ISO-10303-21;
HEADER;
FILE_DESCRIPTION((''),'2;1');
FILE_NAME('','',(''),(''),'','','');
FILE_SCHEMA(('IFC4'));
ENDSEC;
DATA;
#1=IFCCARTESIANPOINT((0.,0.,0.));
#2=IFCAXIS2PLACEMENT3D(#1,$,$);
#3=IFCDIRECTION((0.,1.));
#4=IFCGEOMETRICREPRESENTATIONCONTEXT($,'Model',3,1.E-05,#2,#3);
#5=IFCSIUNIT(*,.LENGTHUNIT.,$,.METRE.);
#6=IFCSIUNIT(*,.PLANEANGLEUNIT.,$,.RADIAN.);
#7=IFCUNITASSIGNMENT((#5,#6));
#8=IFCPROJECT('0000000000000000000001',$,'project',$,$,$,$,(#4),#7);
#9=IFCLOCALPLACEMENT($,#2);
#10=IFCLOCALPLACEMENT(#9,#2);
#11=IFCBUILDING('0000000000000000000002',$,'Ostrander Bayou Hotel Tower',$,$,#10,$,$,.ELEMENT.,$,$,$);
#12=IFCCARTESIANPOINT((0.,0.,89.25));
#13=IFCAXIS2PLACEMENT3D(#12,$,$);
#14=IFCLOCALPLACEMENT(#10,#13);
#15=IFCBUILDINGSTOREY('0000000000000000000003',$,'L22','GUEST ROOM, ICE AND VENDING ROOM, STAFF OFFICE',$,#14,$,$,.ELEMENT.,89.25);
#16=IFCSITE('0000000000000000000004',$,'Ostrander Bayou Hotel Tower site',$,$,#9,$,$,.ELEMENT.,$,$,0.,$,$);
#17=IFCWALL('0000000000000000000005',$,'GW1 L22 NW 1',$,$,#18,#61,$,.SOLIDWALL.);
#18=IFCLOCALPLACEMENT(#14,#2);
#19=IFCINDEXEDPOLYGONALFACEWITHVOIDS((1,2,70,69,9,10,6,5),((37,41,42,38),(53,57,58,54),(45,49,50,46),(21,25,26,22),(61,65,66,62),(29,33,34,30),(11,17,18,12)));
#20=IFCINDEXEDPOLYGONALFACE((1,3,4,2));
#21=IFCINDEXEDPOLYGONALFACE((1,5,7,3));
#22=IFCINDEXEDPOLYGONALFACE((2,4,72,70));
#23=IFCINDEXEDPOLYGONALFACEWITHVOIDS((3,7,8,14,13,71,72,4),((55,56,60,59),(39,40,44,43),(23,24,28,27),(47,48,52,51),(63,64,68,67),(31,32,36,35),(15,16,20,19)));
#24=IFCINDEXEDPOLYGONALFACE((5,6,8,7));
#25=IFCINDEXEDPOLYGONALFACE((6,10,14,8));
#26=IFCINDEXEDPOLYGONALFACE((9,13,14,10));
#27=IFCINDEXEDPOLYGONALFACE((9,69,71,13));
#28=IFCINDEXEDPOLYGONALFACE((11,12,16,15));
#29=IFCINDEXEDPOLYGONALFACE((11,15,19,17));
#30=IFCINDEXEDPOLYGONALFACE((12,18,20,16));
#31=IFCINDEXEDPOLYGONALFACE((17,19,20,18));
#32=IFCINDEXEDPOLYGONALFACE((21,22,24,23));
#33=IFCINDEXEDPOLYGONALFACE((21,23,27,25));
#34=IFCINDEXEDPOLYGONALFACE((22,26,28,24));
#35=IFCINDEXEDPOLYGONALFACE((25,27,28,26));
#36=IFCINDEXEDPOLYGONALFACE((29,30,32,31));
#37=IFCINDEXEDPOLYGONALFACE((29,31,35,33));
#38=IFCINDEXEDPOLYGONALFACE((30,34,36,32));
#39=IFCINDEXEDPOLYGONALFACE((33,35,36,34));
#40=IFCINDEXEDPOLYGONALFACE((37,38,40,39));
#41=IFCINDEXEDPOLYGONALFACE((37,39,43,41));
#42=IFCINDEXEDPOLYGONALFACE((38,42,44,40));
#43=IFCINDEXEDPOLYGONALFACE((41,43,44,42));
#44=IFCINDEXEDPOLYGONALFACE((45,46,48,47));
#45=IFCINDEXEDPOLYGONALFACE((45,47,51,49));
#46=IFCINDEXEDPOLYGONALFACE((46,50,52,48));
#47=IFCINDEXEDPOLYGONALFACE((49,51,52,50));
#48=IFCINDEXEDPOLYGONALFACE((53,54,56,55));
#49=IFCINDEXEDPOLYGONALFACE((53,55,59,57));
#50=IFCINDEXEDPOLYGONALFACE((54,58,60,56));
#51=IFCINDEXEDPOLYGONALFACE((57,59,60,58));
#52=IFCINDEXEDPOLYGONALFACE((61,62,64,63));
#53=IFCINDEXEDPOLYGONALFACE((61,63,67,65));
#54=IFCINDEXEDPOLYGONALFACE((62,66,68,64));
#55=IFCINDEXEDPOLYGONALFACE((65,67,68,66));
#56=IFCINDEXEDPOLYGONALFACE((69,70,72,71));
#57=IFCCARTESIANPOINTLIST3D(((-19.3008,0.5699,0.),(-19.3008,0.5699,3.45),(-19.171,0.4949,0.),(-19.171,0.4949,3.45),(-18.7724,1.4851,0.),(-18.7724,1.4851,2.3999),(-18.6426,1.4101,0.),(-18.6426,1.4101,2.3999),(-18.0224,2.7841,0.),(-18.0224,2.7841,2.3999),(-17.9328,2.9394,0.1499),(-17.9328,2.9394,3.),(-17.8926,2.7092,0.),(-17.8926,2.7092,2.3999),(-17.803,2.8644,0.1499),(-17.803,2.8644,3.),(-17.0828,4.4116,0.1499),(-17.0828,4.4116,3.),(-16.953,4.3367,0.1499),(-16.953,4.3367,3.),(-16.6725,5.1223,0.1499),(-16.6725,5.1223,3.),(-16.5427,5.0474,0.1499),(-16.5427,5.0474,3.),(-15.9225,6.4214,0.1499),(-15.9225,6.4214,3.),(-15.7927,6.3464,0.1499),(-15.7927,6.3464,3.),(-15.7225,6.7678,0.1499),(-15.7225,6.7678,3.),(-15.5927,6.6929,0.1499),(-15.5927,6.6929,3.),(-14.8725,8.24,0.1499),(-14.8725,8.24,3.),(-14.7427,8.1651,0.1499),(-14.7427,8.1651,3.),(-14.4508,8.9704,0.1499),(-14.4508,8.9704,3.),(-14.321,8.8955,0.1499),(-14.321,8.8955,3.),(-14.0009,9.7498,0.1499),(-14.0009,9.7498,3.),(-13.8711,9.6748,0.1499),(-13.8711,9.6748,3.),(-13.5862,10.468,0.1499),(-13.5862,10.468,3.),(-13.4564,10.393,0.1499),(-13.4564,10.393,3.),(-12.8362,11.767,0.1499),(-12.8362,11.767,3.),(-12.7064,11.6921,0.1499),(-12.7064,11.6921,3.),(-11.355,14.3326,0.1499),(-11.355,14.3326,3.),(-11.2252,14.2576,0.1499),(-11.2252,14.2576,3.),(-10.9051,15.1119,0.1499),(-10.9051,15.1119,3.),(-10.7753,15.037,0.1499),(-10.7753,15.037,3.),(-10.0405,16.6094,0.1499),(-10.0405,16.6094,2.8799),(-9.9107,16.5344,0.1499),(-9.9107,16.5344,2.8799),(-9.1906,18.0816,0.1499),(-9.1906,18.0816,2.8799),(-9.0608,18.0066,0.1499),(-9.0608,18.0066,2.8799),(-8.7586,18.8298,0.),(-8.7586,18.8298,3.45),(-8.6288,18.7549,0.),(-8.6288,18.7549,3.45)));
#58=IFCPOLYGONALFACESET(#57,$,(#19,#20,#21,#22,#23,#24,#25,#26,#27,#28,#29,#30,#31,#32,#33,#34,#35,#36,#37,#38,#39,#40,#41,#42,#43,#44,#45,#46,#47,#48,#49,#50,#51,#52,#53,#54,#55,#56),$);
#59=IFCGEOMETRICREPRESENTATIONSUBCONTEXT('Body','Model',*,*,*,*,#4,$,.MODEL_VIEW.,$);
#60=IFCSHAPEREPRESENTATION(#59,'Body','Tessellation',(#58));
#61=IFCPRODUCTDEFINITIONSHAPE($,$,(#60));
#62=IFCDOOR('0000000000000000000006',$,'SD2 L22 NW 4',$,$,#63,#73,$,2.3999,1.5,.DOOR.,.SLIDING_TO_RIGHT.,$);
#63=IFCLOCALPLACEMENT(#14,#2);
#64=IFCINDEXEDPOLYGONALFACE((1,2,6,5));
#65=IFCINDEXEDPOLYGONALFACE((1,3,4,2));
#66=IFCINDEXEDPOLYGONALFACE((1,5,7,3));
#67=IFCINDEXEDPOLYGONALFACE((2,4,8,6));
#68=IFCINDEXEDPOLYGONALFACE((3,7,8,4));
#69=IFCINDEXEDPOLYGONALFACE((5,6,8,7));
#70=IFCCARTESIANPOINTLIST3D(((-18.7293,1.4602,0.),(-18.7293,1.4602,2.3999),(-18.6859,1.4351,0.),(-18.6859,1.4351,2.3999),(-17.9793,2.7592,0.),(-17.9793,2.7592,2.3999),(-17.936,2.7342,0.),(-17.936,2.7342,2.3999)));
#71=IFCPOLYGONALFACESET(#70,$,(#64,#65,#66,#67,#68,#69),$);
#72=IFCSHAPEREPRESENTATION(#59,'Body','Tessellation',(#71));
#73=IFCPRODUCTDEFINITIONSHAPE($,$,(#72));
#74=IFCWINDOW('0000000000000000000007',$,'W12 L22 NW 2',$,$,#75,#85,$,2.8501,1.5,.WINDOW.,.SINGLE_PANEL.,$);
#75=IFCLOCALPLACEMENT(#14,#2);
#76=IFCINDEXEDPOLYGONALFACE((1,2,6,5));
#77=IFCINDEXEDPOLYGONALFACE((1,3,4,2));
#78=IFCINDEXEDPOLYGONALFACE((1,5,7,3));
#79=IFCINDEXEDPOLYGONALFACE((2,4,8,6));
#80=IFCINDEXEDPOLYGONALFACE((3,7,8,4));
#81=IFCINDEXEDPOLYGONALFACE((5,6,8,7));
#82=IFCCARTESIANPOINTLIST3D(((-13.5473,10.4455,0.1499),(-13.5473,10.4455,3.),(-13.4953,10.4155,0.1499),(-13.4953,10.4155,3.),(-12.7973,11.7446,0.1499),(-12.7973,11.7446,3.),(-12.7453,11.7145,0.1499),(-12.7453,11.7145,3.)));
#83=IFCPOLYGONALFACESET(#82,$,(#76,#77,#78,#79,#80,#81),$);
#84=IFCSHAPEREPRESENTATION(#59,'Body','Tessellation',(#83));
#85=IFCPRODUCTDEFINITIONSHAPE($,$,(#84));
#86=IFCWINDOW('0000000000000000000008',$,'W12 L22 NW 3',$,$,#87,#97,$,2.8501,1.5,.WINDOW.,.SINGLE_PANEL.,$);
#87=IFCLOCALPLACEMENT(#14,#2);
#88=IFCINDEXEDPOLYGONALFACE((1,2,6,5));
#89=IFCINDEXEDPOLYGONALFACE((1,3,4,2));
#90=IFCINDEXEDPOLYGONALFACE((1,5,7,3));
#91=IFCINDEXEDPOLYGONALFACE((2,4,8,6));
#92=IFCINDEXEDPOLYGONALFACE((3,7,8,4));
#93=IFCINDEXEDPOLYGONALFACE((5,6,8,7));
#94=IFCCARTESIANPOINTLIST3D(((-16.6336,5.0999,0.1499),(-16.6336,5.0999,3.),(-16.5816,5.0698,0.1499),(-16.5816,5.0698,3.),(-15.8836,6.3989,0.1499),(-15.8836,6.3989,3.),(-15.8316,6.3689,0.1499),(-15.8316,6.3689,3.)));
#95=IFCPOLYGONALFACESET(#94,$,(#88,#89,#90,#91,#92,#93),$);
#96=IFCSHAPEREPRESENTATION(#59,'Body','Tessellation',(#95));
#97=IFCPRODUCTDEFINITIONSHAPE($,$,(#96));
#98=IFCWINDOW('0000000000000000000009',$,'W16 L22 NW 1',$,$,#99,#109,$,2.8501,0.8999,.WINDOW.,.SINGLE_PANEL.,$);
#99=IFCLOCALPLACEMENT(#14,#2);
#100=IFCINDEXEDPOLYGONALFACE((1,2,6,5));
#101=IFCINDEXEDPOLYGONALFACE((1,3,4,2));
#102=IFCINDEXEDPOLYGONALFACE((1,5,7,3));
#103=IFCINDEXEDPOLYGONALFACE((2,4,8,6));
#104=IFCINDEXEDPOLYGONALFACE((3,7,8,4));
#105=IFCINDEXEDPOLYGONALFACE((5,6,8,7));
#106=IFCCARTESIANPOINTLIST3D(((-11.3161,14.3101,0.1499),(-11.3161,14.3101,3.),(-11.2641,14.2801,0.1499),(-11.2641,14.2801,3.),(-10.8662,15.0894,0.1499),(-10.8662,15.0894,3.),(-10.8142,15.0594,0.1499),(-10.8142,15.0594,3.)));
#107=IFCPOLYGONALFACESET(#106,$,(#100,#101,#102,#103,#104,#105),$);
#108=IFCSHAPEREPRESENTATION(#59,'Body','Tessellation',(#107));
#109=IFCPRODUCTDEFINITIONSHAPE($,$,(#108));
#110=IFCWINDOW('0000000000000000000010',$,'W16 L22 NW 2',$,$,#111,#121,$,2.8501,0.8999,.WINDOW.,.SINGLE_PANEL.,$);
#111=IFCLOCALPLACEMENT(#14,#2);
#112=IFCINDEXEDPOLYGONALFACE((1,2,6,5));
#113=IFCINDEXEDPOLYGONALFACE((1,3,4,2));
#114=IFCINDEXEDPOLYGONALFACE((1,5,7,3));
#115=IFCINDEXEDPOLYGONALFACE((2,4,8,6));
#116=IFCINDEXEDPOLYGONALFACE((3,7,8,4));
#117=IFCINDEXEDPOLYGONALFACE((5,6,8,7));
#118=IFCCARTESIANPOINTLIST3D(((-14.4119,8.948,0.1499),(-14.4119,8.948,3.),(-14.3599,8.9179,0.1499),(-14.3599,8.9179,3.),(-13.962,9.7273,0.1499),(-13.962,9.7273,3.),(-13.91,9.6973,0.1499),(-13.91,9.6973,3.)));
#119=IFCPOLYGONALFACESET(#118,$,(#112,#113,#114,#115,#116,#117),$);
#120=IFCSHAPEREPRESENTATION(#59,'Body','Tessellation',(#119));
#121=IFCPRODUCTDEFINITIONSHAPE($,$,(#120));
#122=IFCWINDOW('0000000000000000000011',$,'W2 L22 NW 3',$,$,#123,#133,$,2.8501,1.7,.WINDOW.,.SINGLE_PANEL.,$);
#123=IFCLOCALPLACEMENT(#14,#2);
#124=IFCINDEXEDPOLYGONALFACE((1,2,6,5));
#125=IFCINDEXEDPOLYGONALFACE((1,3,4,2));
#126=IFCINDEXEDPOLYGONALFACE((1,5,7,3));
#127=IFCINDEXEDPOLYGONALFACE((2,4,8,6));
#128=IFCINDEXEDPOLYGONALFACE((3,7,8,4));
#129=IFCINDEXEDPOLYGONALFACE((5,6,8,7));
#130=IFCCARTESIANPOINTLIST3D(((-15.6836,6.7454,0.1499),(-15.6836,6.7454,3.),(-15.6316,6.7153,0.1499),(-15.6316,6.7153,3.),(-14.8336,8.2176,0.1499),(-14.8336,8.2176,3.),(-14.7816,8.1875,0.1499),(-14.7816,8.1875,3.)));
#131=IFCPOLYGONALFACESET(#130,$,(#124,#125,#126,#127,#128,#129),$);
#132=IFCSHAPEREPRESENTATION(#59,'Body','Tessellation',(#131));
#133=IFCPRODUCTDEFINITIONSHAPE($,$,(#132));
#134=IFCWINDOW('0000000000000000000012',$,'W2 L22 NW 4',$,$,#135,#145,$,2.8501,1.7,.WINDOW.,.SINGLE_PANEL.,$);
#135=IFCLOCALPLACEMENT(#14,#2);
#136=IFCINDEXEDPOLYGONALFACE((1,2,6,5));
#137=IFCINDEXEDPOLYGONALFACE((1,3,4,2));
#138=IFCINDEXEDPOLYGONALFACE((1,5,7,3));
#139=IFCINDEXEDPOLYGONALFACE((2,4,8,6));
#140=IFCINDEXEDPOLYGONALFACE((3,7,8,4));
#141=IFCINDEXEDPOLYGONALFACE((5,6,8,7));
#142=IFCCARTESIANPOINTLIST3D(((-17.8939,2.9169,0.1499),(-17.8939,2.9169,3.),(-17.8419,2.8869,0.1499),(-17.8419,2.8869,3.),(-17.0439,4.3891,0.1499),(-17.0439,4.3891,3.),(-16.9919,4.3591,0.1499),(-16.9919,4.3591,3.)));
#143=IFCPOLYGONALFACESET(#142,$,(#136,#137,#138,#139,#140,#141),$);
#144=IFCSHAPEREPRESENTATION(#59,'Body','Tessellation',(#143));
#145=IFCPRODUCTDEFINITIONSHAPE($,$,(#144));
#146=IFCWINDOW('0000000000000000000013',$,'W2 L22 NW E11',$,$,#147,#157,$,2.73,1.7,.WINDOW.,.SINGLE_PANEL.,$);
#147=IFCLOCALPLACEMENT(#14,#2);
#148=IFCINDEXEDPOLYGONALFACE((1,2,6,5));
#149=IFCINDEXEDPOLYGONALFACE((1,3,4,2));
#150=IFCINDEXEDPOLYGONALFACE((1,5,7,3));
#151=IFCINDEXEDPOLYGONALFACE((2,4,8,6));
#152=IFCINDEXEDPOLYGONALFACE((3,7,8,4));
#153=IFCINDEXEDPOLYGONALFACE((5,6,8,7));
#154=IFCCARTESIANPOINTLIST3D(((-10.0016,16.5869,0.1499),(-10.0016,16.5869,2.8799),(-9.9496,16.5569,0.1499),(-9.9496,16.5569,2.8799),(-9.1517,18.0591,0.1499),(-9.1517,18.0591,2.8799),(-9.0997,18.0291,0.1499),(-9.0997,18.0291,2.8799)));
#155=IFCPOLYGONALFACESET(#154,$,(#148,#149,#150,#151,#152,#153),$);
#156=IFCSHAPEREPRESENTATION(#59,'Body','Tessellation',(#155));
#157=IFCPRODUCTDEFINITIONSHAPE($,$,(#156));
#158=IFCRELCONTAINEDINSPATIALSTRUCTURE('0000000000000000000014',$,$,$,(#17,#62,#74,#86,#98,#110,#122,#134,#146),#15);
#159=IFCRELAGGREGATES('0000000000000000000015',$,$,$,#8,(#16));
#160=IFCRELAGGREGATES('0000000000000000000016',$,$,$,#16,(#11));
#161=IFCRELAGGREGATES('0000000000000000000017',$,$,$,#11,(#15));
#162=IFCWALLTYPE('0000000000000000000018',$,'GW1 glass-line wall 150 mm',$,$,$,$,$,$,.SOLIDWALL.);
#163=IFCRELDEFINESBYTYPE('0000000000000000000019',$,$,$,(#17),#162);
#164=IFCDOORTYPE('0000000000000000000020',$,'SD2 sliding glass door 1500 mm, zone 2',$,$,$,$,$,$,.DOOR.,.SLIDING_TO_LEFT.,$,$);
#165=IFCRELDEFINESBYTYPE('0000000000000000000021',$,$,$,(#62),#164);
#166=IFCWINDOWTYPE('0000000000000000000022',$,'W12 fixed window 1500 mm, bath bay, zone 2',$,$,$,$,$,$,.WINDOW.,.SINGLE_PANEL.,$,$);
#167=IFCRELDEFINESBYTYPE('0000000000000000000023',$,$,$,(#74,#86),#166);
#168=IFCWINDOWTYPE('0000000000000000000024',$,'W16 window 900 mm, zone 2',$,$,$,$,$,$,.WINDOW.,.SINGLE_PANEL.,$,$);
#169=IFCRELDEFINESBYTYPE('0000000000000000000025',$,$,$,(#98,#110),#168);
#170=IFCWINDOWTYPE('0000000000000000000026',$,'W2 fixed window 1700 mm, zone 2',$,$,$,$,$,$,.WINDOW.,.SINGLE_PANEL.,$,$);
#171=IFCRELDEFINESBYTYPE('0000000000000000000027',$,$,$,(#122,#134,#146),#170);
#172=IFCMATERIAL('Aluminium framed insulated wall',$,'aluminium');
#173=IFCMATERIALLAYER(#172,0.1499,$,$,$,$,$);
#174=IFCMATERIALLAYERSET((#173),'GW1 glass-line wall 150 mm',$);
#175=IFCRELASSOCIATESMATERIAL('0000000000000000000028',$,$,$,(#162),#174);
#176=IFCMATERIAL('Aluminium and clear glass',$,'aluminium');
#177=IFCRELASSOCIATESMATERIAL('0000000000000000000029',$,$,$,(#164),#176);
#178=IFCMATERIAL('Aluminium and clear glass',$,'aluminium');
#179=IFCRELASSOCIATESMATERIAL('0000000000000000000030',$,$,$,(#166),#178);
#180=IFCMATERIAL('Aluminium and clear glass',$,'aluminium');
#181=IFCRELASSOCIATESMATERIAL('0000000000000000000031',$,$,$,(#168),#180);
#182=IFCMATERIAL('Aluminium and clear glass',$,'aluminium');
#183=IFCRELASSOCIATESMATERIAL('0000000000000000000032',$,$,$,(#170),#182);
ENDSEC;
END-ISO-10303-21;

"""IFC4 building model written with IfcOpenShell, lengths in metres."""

from ifc_helpers import new_model, si_unit, direction, frame, frame_2d, origin, place, context, subcontext, project, spatial, rectangle, extrude, material, layer, layer_set, type_object, element, fill, save


model = new_model("IFC4")

# Units and contexts
model_context = context("Model", 3, precision=1e-05, world=origin(), true_north=direction((0.0, 1.0)))
body_context = subcontext(model_context, "Body", "Model", "MODEL_VIEW")
ifc_project = project(units=[si_unit("LENGTHUNIT", "METRE"), si_unit("PLANEANGLEUNIT", "RADIAN")], contexts=[model_context])

# Site, building, storey
site_placement = place(None, origin())
site = spatial("IfcSite", under=ifc_project, at=site_placement, Name="Ostrander Bayou Hotel Tower site", CompositionType="ELEMENT", RefElevation=0.0)
building_placement = place(site_placement, origin())
building = spatial("IfcBuilding", under=site, at=building_placement, Name="Ostrander Bayou Hotel Tower", CompositionType="ELEMENT")
storey_placement = place(building_placement, frame((0.0, 0.0, 89.25)))
storey = spatial("IfcBuildingStorey", under=building, at=storey_placement, Name="L22", Description="GUEST ROOM, ICE AND VENDING ROOM, STAFF OFFICE", CompositionType="ELEMENT", Elevation=89.25)

# Wall, openings, door, windows
ifc_material_1 = material(Name="Aluminium framed insulated wall", Category="aluminium")
ifc_layer_1 = layer(ifc_material_1, 0.1499)
ifc_layer_set_1 = layer_set([ifc_layer_1], Name="GW1 glass-line wall 150 mm")
wall_type_1 = type_object("IfcWallType", Name="GW1 glass-line wall 150 mm", PredefinedType="SOLIDWALL", material=ifc_layer_set_1)
wall_1_placement = place(storey_placement, frame((-8.6936, 18.7925, 0.0), z_axis=(0.0, 0.0, 1.0), x_axis=(-0.499993, -0.866029, 0.0)))
wall_1 = element("IfcWall", 1, at=wall_1_placement, inside=storey, type_object=wall_type_1, Name="GW1 L22 NW 1", PredefinedType="SOLIDWALL", context=body_context, shape_type="SweptSolid", body=[
    extrude(rectangle(XDim=21.0847, YDim=0.1499, at=frame_2d((10.5425, 0.0))), origin(), (0.0, 0.0, 1.0), 3.45),
])
opening_1_placement = place(wall_1_placement, frame((4.2932, 0.0, 0.1499)))
opening_1 = element("IfcOpeningElement", 2, at=opening_1_placement, cuts=wall_1, PredefinedType="OPENING", context=body_context, shape_type="SweptSolid", body=[
    extrude(rectangle(XDim=0.8999, YDim=2.8501, at=frame_2d((0.45, 1.425))), frame((0.0, 0.075, 0.0), z_axis=(0.0, -1.0, 0.0), x_axis=(1.0, 0.0, 0.0)), (0.0, 0.0, 1.0), 0.1499),
])
opening_2_placement = place(wall_1_placement, frame((10.4849, 0.0, 0.1499)))
opening_2 = element("IfcOpeningElement", 3, at=opening_2_placement, cuts=wall_1, PredefinedType="OPENING", context=body_context, shape_type="SweptSolid", body=[
    extrude(rectangle(XDim=0.8999, YDim=2.8501, at=frame_2d((0.45, 1.425))), frame((0.0, 0.075, 0.0), z_axis=(0.0, -1.0, 0.0), x_axis=(1.0, 0.0, 0.0)), (0.0, 0.0, 1.0), 0.1499),
])
opening_3_placement = place(wall_1_placement, frame((8.1555, 0.0, 0.1499)))
opening_3 = element("IfcOpeningElement", 4, at=opening_3_placement, cuts=wall_1, PredefinedType="OPENING", context=body_context, shape_type="SweptSolid", body=[
    extrude(rectangle(XDim=1.5, YDim=2.8501, at=frame_2d((0.75, 1.425))), frame((0.0, 0.075, 0.0), z_axis=(0.0, -1.0, 0.0), x_axis=(1.0, 0.0, 0.0)), (0.0, 0.0, 1.0), 0.1499),
])
opening_4_placement = place(wall_1_placement, frame((12.228, 0.0, 0.1499)))
opening_4 = element("IfcOpeningElement", 5, at=opening_4_placement, cuts=wall_1, PredefinedType="OPENING", context=body_context, shape_type="SweptSolid", body=[
    extrude(rectangle(XDim=1.7, YDim=2.8501, at=frame_2d((0.8501, 1.425))), frame((0.0, 0.075, 0.0), z_axis=(0.0, -1.0, 0.0), x_axis=(1.0, 0.0, 0.0)), (0.0, 0.0, 1.0), 0.1499),
])
opening_5_placement = place(wall_1_placement, frame((14.3281, 0.0, 0.1499)))
opening_5 = element("IfcOpeningElement", 6, at=opening_5_placement, cuts=wall_1, PredefinedType="OPENING", context=body_context, shape_type="SweptSolid", body=[
    extrude(rectangle(XDim=1.5, YDim=2.8501, at=frame_2d((0.75, 1.425))), frame((0.0, 0.075, 0.0), z_axis=(0.0, -1.0, 0.0), x_axis=(1.0, 0.0, 0.0)), (0.0, 0.0, 1.0), 0.1499),
])
opening_6_placement = place(wall_1_placement, frame((16.6487, 0.0, 0.1499)))
opening_6 = element("IfcOpeningElement", 7, at=opening_6_placement, cuts=wall_1, PredefinedType="OPENING", context=body_context, shape_type="SweptSolid", body=[
    extrude(rectangle(XDim=1.7, YDim=2.8501, at=frame_2d((0.8501, 1.425))), frame((0.0, 0.075, 0.0), z_axis=(0.0, -1.0, 0.0), x_axis=(1.0, 0.0, 0.0)), (0.0, 0.0, 1.0), 0.1499),
])
opening_7_placement = place(wall_1_placement, frame((18.5281, 0.0, 0.0)))
opening_7 = element("IfcOpeningElement", 8, at=opening_7_placement, cuts=wall_1, PredefinedType="OPENING", context=body_context, shape_type="SweptSolid", body=[
    extrude(rectangle(XDim=1.5, YDim=2.3999, at=frame_2d((0.75, 1.2))), frame((0.0, 0.075, 0.0), z_axis=(0.0, -1.0, 0.0), x_axis=(1.0, 0.0, 0.0)), (0.0, 0.0, 1.0), 0.1499),
])
opening_8_placement = place(wall_1_placement, frame((0.864, 0.0, 0.1499)))
opening_8 = element("IfcOpeningElement", 9, at=opening_8_placement, cuts=wall_1, PredefinedType="OPENING", context=body_context, shape_type="SweptSolid", body=[
    extrude(rectangle(XDim=1.7, YDim=2.73, at=frame_2d((0.8501, 1.365))), frame((0.0, 0.075, 0.0), z_axis=(0.0, -1.0, 0.0), x_axis=(1.0, 0.0, 0.0)), (0.0, 0.0, 1.0), 0.1499),
])
ifc_material_2 = material(Name="Aluminium and clear glass", Category="aluminium")
door_type_1 = type_object("IfcDoorType", Name="SD2 sliding glass door 1500 mm, zone 2", OperationType="SLIDING_TO_LEFT", PredefinedType="DOOR", material=ifc_material_2)
door_1_placement = place(opening_7_placement, origin())
door_1 = element("IfcDoor", 10, at=door_1_placement, inside=storey, type_object=door_type_1, Name="SD2 L22 NW 4", OperationType="SLIDING_TO_RIGHT", OverallHeight=2.3999, OverallWidth=1.5, PredefinedType="DOOR", context=body_context, shape_type="SweptSolid", body=[
    extrude(rectangle(XDim=1.5, YDim=2.3999, at=frame_2d((0.75, 1.2))), frame((0.0, 0.0249, 0.0), z_axis=(0.0, -1.0, 0.0), x_axis=(1.0, 0.0, 0.0)), (0.0, 0.0, 1.0), 0.05),
])
fill(opening_7, door_1)
ifc_material_3 = material(Name="Aluminium and clear glass", Category="aluminium")
window_type_1 = type_object("IfcWindowType", Name="W12 fixed window 1500 mm, bath bay, zone 2", PartitioningType="SINGLE_PANEL", PredefinedType="WINDOW", material=ifc_material_3)
window_1_placement = place(opening_3_placement, origin())
window_1 = element("IfcWindow", 11, at=window_1_placement, inside=storey, type_object=window_type_1, Name="W12 L22 NW 2", OverallHeight=2.8501, OverallWidth=1.5, PartitioningType="SINGLE_PANEL", PredefinedType="WINDOW", context=body_context, shape_type="SweptSolid", body=[
    extrude(rectangle(XDim=1.5, YDim=2.8501, at=frame_2d((0.75, 1.425))), frame((0.0, 0.03, 0.0), z_axis=(0.0, -1.0, 0.0), x_axis=(1.0, 0.0, 0.0)), (0.0, 0.0, 1.0), 0.0601),
])
fill(opening_3, window_1)
window_2_placement = place(opening_5_placement, origin())
window_2 = element("IfcWindow", 12, at=window_2_placement, inside=storey, type_object=window_type_1, Name="W12 L22 NW 3", OverallHeight=2.8501, OverallWidth=1.5, PartitioningType="SINGLE_PANEL", PredefinedType="WINDOW", context=body_context, shape_type="SweptSolid", body=[
    extrude(rectangle(XDim=1.5, YDim=2.8501, at=frame_2d((0.75, 1.425))), frame((0.0, 0.03, 0.0), z_axis=(0.0, -1.0, 0.0), x_axis=(1.0, 0.0, 0.0)), (0.0, 0.0, 1.0), 0.0601),
])
fill(opening_5, window_2)
ifc_material_4 = material(Name="Aluminium and clear glass", Category="aluminium")
window_type_2 = type_object("IfcWindowType", Name="W16 window 900 mm, zone 2", PartitioningType="SINGLE_PANEL", PredefinedType="WINDOW", material=ifc_material_4)
window_3_placement = place(opening_1_placement, origin())
window_3 = element("IfcWindow", 13, at=window_3_placement, inside=storey, type_object=window_type_2, Name="W16 L22 NW 1", OverallHeight=2.8501, OverallWidth=0.8999, PartitioningType="SINGLE_PANEL", PredefinedType="WINDOW", context=body_context, shape_type="SweptSolid", body=[
    extrude(rectangle(XDim=0.8999, YDim=2.8501, at=frame_2d((0.45, 1.425))), frame((0.0, 0.03, 0.0), z_axis=(0.0, -1.0, 0.0), x_axis=(1.0, 0.0, 0.0)), (0.0, 0.0, 1.0), 0.0601),
])
fill(opening_1, window_3)
window_4_placement = place(opening_2_placement, origin())
window_4 = element("IfcWindow", 14, at=window_4_placement, inside=storey, type_object=window_type_2, Name="W16 L22 NW 2", OverallHeight=2.8501, OverallWidth=0.8999, PartitioningType="SINGLE_PANEL", PredefinedType="WINDOW", context=body_context, shape_type="SweptSolid", body=[
    extrude(rectangle(XDim=0.8999, YDim=2.8501, at=frame_2d((0.45, 1.425))), frame((0.0, 0.03, 0.0), z_axis=(0.0, -1.0, 0.0), x_axis=(1.0, 0.0, 0.0)), (0.0, 0.0, 1.0), 0.0601),
])
fill(opening_2, window_4)
ifc_material_5 = material(Name="Aluminium and clear glass", Category="aluminium")
window_type_3 = type_object("IfcWindowType", Name="W2 fixed window 1700 mm, zone 2", PartitioningType="SINGLE_PANEL", PredefinedType="WINDOW", material=ifc_material_5)
window_5_placement = place(opening_4_placement, origin())
window_5 = element("IfcWindow", 15, at=window_5_placement, inside=storey, type_object=window_type_3, Name="W2 L22 NW 3", OverallHeight=2.8501, OverallWidth=1.7, PartitioningType="SINGLE_PANEL", PredefinedType="WINDOW", context=body_context, shape_type="SweptSolid", body=[
    extrude(rectangle(XDim=1.7, YDim=2.8501, at=frame_2d((0.8501, 1.425))), frame((0.0, 0.03, 0.0), z_axis=(0.0, -1.0, 0.0), x_axis=(1.0, 0.0, 0.0)), (0.0, 0.0, 1.0), 0.0601),
])
fill(opening_4, window_5)
window_6_placement = place(opening_6_placement, origin())
window_6 = element("IfcWindow", 16, at=window_6_placement, inside=storey, type_object=window_type_3, Name="W2 L22 NW 4", OverallHeight=2.8501, OverallWidth=1.7, PartitioningType="SINGLE_PANEL", PredefinedType="WINDOW", context=body_context, shape_type="SweptSolid", body=[
    extrude(rectangle(XDim=1.7, YDim=2.8501, at=frame_2d((0.8501, 1.425))), frame((0.0, 0.03, 0.0), z_axis=(0.0, -1.0, 0.0), x_axis=(1.0, 0.0, 0.0)), (0.0, 0.0, 1.0), 0.0601),
])
fill(opening_6, window_6)
window_7_placement = place(opening_8_placement, origin())
window_7 = element("IfcWindow", 17, at=window_7_placement, inside=storey, type_object=window_type_3, Name="W2 L22 NW E11", OverallHeight=2.73, OverallWidth=1.7, PartitioningType="SINGLE_PANEL", PredefinedType="WINDOW", context=body_context, shape_type="SweptSolid", body=[
    extrude(rectangle(XDim=1.7, YDim=2.73, at=frame_2d((0.8501, 1.365))), frame((0.0, 0.03, 0.0), z_axis=(0.0, -1.0, 0.0), x_axis=(1.0, 0.0, 0.0)), (0.0, 0.0, 1.0), 0.0601),
])
fill(opening_8, window_7)

save(model, "model.ifc")
